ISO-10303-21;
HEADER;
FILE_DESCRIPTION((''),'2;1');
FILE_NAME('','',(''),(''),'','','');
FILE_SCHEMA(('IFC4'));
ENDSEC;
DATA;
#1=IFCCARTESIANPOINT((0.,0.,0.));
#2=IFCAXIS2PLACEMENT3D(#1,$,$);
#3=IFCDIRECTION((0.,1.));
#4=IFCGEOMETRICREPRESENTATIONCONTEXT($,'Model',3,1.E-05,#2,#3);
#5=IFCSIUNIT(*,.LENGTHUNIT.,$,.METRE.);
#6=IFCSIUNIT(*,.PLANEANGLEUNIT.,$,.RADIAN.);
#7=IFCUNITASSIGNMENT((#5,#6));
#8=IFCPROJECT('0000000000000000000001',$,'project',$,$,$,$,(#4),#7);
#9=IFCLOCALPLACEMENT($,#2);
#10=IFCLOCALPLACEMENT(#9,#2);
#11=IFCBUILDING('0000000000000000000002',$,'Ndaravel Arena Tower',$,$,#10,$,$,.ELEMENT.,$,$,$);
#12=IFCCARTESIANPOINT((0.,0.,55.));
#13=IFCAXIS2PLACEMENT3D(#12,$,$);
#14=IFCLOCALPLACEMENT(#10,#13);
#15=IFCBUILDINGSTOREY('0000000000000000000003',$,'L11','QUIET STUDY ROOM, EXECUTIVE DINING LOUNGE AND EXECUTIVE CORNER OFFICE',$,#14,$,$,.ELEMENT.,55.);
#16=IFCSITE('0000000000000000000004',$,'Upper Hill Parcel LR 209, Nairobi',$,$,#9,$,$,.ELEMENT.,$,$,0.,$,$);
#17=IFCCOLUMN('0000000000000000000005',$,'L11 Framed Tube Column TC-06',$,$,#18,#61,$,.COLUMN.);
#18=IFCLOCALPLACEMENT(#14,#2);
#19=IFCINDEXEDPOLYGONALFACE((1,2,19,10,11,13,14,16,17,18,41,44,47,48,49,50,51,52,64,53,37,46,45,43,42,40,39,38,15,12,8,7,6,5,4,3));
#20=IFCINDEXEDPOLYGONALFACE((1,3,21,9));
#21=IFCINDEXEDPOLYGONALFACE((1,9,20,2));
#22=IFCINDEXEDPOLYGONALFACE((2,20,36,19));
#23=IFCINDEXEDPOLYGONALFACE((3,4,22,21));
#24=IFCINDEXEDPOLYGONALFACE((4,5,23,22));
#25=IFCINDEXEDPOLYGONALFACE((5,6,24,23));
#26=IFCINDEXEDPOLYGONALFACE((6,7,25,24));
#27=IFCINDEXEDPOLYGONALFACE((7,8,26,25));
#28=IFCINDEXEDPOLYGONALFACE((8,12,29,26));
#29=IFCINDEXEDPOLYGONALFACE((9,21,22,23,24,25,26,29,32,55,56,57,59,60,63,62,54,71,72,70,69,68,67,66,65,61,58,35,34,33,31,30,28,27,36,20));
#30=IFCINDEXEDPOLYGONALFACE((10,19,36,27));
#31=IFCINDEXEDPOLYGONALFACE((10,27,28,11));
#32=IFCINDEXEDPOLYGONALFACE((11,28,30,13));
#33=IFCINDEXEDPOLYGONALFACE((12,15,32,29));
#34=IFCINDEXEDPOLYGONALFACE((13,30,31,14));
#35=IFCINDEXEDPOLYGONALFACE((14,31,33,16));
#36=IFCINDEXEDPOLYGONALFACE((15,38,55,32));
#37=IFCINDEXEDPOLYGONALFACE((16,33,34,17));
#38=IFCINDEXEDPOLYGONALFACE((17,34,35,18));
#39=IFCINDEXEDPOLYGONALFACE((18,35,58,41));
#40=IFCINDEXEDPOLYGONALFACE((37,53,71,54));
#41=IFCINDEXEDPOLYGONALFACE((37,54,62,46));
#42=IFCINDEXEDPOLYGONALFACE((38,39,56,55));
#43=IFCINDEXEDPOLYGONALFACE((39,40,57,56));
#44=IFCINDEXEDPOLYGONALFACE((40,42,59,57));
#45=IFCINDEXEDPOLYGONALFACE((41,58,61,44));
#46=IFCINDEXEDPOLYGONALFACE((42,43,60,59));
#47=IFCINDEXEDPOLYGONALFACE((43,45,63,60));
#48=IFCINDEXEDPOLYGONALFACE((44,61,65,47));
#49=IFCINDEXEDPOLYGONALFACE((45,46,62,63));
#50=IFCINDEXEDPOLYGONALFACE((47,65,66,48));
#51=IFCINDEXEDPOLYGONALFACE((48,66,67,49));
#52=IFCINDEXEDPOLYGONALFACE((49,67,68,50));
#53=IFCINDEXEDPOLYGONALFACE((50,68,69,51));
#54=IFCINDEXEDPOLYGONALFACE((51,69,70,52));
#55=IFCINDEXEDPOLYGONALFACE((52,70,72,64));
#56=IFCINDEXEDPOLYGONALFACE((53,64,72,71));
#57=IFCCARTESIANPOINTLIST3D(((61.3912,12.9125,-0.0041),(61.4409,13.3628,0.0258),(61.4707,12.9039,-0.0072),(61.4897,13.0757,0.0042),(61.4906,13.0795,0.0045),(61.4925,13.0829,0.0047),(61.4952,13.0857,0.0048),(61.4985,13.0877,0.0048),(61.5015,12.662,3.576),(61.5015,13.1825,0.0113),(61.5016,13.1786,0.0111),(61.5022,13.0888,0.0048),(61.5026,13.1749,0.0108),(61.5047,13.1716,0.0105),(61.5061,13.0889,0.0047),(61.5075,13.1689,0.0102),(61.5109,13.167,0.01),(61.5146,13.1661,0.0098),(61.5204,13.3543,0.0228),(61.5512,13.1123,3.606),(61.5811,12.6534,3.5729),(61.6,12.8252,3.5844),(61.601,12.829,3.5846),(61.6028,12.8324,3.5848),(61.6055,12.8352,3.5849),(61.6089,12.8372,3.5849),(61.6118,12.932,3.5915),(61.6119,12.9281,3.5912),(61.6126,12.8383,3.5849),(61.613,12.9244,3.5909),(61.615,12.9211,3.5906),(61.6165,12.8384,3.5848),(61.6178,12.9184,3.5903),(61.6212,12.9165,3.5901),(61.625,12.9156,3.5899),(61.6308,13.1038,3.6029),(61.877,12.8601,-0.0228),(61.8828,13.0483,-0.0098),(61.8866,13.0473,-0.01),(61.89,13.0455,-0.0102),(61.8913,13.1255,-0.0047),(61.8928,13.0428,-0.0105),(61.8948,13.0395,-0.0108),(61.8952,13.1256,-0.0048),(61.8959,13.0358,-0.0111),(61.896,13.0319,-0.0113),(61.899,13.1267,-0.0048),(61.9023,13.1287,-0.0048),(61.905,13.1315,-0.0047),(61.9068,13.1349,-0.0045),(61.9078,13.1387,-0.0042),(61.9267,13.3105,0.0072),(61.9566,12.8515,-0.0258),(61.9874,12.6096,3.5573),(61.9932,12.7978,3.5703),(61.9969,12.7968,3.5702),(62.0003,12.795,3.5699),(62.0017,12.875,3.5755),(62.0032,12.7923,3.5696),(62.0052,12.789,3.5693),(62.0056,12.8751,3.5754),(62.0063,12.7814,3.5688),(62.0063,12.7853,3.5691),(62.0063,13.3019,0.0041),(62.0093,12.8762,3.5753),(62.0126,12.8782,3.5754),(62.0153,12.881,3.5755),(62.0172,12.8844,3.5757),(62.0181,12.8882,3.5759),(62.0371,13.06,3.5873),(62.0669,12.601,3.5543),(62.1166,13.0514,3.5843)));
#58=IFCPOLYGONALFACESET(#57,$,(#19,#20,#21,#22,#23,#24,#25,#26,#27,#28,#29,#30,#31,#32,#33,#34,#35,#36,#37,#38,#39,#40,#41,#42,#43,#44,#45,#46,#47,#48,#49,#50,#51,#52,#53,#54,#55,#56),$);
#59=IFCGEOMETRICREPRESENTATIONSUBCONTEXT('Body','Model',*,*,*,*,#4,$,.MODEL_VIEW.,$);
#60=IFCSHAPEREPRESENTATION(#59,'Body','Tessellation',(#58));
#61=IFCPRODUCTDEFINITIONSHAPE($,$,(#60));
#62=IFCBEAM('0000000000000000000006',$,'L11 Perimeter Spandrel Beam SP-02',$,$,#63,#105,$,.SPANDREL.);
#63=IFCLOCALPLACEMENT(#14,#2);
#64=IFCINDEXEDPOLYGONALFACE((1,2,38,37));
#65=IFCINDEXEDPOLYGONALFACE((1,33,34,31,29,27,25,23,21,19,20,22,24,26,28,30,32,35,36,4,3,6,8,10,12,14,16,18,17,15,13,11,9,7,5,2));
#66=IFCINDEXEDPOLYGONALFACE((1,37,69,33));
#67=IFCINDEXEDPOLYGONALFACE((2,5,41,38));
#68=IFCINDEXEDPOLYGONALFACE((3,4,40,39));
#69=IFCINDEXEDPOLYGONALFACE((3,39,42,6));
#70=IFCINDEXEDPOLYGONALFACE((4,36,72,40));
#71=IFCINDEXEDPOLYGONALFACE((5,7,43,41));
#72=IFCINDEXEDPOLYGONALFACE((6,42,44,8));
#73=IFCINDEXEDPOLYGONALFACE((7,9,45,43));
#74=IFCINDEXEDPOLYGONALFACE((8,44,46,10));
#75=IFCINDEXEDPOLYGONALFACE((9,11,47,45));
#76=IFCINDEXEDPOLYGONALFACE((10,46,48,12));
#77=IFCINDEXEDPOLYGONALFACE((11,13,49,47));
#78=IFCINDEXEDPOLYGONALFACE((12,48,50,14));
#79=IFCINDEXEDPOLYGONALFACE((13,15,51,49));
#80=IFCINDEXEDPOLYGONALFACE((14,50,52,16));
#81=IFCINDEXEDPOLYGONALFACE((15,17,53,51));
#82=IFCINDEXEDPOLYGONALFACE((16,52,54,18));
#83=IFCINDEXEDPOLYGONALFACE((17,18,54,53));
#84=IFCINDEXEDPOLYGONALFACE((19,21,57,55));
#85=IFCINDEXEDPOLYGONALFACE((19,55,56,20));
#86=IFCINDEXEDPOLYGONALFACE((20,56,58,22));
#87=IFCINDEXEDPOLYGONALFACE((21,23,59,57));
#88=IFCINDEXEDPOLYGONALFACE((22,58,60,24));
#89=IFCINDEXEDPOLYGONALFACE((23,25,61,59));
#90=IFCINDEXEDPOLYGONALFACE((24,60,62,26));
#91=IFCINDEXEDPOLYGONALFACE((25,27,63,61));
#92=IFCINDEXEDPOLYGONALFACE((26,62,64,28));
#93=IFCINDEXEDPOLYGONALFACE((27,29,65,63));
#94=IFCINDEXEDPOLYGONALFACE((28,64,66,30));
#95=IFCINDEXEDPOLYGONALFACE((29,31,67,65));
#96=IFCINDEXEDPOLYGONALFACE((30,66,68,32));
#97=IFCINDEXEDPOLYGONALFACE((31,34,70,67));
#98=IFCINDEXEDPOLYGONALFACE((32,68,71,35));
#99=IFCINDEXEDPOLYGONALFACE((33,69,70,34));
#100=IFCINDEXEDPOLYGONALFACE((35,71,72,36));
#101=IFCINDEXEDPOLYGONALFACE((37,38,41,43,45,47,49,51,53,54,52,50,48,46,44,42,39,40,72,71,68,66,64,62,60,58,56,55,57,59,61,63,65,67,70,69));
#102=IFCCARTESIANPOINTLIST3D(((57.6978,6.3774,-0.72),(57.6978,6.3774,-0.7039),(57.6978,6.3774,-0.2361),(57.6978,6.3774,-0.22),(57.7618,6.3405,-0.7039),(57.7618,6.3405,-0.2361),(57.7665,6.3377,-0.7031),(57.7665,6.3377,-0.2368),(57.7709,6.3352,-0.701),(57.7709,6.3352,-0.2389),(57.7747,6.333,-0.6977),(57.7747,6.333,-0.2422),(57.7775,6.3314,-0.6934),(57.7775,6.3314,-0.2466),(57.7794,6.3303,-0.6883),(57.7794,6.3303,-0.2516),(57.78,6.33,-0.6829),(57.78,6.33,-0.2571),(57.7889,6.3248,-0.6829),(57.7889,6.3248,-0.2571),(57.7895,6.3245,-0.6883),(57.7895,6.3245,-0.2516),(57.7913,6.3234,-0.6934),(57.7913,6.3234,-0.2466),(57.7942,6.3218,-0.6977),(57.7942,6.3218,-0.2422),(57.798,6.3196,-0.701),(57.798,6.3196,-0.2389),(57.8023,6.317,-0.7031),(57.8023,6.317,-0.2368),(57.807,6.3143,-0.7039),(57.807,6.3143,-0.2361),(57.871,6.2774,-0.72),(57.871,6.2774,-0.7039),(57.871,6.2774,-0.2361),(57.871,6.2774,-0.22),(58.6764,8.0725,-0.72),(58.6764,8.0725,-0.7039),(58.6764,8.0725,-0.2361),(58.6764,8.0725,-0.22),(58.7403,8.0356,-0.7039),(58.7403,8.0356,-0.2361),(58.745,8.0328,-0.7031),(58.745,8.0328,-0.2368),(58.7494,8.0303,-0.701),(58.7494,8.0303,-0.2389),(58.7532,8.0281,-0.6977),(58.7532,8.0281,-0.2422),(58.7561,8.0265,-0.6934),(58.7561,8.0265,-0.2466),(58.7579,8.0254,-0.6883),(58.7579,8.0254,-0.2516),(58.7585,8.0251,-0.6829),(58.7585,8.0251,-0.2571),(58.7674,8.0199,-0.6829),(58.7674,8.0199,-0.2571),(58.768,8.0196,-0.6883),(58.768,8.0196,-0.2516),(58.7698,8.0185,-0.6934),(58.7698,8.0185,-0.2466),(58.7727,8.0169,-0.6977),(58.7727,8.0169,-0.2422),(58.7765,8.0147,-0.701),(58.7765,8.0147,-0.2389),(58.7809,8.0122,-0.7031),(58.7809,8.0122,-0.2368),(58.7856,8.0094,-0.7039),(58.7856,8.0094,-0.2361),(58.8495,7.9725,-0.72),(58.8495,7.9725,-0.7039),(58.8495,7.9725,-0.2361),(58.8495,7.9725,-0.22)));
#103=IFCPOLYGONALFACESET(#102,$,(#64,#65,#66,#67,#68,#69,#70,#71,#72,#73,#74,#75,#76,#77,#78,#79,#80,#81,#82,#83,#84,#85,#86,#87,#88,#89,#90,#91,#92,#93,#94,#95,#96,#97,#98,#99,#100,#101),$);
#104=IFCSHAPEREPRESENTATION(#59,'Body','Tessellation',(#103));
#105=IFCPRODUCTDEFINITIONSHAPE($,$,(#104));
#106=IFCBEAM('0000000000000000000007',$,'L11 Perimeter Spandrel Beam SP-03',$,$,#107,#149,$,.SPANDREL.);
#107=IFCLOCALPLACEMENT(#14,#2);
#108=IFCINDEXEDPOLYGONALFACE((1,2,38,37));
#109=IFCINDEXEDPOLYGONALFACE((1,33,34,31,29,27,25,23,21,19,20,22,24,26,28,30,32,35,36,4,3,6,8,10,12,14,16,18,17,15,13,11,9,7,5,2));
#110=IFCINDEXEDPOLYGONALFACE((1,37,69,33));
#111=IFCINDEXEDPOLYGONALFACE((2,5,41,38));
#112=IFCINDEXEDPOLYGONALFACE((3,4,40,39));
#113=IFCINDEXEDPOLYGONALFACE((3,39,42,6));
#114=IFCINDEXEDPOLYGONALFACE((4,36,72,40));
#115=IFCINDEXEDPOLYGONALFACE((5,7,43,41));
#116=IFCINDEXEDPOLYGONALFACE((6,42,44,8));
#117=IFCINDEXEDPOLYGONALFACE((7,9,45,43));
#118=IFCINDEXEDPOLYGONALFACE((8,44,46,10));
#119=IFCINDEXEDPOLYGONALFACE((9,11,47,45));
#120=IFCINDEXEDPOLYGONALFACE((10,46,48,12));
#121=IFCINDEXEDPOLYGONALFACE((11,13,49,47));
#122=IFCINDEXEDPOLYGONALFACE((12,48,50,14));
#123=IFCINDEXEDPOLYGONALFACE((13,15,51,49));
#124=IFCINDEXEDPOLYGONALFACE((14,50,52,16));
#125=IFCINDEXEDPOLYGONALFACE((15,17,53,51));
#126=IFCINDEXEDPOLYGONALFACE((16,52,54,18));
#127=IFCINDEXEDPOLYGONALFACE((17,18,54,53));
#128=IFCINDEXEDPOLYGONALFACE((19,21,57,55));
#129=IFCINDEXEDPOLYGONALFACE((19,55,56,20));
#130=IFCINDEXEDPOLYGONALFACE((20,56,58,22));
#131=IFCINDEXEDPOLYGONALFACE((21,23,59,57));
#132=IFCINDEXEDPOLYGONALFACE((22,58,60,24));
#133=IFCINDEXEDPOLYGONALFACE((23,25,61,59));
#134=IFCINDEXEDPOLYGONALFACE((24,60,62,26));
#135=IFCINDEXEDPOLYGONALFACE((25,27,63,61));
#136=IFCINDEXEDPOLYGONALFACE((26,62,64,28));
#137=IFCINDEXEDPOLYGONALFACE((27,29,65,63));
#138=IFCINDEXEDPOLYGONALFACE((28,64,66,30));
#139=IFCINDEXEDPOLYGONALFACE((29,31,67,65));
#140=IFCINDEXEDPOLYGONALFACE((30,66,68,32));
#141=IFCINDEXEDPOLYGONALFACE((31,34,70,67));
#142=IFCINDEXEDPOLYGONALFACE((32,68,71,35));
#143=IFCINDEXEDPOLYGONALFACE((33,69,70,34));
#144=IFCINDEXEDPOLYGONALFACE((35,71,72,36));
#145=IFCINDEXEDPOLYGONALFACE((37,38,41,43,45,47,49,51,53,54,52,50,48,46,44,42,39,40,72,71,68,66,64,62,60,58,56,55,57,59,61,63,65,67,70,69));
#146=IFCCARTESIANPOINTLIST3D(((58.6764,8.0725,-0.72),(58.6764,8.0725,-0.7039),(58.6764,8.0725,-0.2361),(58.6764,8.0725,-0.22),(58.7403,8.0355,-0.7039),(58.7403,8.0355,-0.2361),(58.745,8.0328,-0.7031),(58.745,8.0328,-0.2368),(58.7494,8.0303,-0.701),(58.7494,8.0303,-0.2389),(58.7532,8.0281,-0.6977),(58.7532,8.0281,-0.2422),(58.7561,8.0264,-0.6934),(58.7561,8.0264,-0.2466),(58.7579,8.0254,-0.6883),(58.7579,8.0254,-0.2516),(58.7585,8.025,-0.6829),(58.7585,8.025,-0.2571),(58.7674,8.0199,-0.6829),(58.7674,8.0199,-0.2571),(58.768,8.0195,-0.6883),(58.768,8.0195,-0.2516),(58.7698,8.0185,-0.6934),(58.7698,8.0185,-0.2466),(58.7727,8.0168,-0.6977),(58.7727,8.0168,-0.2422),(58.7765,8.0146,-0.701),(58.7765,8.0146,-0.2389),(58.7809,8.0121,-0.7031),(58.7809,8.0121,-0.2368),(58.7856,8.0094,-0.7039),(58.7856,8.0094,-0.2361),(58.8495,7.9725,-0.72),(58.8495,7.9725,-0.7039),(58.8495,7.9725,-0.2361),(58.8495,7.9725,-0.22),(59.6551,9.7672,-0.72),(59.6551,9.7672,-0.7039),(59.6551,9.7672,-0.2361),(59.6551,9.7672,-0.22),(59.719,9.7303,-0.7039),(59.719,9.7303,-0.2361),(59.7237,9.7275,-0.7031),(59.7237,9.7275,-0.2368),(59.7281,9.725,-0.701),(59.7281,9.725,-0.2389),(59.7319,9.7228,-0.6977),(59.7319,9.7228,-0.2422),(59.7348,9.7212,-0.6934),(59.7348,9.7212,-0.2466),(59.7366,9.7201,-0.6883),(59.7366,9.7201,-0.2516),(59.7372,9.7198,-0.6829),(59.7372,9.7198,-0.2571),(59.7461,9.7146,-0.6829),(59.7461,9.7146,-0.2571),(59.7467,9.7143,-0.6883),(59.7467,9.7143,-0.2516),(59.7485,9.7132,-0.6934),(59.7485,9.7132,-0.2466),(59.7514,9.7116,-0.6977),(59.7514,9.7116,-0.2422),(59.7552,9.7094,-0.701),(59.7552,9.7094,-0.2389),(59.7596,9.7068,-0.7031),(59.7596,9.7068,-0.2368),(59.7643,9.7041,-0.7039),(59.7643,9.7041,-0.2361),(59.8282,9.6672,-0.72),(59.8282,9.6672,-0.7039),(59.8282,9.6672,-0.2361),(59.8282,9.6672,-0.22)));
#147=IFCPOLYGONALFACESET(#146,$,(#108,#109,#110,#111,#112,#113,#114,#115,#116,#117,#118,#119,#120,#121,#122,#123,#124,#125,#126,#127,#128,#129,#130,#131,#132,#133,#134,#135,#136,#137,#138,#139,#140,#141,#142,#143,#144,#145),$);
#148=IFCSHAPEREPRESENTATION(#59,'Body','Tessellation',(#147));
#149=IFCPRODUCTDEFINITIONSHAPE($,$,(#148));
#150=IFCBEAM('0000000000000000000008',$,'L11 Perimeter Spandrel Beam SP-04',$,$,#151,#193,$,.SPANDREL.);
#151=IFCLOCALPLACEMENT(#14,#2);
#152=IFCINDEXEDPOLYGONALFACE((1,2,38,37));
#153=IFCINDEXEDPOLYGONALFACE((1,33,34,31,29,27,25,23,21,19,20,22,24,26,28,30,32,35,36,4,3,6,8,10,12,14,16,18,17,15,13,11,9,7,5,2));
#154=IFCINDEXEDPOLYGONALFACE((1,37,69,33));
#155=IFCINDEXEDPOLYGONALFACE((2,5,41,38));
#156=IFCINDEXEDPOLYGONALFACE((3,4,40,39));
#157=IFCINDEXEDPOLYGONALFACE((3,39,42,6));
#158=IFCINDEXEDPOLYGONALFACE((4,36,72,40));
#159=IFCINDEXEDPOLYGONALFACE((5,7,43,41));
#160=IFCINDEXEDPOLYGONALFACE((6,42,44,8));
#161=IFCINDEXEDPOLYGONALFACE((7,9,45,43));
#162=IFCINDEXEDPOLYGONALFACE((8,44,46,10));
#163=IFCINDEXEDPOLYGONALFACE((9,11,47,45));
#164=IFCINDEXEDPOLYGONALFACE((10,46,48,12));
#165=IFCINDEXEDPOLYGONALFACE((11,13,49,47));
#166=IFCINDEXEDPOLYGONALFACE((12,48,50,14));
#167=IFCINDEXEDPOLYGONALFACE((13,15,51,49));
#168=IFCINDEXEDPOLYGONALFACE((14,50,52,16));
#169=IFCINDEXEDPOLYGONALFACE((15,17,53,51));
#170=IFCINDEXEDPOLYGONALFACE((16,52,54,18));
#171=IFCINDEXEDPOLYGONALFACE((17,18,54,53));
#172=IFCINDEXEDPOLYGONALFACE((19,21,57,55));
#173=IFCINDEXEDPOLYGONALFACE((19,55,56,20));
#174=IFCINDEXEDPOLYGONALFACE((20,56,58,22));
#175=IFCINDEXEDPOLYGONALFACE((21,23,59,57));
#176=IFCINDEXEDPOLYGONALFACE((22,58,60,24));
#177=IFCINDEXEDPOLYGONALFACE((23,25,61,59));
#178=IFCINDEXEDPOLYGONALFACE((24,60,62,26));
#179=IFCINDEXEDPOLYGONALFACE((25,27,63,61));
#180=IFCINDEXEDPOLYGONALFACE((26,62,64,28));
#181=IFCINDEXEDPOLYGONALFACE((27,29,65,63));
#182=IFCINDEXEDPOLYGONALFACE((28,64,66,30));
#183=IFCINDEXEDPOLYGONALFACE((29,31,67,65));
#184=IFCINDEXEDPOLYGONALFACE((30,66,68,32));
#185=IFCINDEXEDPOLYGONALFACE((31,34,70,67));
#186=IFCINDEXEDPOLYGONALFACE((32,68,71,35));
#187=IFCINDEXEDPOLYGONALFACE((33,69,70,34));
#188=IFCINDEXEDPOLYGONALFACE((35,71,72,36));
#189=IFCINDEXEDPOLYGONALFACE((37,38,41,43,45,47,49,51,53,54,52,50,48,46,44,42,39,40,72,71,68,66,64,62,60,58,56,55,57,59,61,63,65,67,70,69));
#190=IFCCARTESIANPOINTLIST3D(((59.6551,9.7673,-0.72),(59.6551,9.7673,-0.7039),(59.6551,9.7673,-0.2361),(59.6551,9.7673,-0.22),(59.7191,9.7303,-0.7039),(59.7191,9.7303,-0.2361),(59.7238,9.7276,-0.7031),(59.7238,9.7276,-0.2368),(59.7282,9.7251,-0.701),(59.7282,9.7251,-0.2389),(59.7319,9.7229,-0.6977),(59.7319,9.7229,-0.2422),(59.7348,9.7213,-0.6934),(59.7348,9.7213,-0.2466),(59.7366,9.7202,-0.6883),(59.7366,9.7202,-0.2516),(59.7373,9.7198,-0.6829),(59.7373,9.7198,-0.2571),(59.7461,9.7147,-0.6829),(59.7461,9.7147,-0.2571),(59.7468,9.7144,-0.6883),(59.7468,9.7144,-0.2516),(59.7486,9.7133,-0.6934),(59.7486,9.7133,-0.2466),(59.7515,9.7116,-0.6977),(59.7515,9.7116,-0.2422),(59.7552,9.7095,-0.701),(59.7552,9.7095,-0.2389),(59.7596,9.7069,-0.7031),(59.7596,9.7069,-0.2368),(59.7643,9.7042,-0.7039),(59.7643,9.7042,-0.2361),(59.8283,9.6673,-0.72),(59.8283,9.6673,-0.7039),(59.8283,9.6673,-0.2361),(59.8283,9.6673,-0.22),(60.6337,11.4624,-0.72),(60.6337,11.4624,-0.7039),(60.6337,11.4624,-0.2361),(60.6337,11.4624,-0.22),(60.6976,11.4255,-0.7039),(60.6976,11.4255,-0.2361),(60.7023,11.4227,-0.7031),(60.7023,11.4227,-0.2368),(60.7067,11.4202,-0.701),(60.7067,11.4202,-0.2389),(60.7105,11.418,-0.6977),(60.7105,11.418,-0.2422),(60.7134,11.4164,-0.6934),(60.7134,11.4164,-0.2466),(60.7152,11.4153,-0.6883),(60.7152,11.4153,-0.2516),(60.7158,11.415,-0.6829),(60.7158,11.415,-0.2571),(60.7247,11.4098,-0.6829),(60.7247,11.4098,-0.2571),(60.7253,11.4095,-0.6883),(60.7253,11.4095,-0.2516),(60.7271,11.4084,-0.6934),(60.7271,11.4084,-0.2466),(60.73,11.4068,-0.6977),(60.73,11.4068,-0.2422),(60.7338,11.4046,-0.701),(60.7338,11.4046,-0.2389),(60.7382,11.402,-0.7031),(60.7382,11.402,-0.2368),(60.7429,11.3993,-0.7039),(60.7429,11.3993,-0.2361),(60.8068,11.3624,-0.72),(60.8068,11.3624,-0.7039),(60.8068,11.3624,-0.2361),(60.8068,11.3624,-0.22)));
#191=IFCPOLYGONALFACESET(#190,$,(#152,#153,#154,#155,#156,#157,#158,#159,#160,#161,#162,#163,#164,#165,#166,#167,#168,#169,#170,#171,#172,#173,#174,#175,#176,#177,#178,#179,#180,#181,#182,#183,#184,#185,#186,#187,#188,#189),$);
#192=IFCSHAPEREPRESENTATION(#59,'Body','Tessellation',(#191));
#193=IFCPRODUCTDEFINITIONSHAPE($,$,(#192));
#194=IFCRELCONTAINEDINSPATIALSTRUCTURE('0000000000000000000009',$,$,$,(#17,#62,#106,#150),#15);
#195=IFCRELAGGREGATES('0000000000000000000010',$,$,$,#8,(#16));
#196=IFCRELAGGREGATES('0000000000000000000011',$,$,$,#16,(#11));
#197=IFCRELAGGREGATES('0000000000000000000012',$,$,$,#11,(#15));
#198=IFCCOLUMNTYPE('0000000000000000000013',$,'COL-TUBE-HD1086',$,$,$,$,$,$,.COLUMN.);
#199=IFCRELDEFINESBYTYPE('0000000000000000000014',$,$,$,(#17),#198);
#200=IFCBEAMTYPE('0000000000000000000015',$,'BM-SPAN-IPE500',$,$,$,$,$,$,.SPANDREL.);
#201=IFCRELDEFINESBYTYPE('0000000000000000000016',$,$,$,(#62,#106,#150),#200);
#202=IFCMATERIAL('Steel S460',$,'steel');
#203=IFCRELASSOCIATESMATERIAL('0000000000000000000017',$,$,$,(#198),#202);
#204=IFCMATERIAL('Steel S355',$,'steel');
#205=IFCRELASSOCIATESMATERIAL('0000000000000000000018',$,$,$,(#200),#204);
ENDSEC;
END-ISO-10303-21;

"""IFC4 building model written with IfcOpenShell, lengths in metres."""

from ifc_helpers import new_model, si_unit, direction, frame, origin, origin_2d, place, context, subcontext, project, spatial, i_section, extrude, material, material_profile, profile_set, type_object, element, save


model = new_model("IFC4")

# Units and contexts
model_context = context("Model", 3, precision=1e-05, world=origin(), true_north=direction((0.0, 1.0)))
body_context = subcontext(model_context, "Body", "Model", "MODEL_VIEW")
ifc_project = project(units=[si_unit("LENGTHUNIT", "METRE"), si_unit("PLANEANGLEUNIT", "RADIAN")], contexts=[model_context])

# Site, building, storey
site_placement = place(None, origin())
site = spatial("IfcSite", under=ifc_project, at=site_placement, Name="Upper Hill Parcel LR 209, Nairobi", CompositionType="ELEMENT", RefElevation=0.0)
building_placement = place(site_placement, origin())
building = spatial("IfcBuilding", under=site, at=building_placement, Name="Ndaravel Arena Tower", CompositionType="ELEMENT")
storey_placement = place(building_placement, frame((0.0, 0.0, 55.0)))
storey = spatial("IfcBuildingStorey", under=building, at=storey_placement, Name="L11", Description="QUIET STUDY ROOM, EXECUTIVE DINING LOUNGE AND EXECUTIVE CORNER OFFICE", CompositionType="ELEMENT", Elevation=55.0)

# Column
ifc_material_1 = material(Name="Steel S460", Category="steel")
ifc_material_profile_1 = material_profile(ifc_material_1, i_section(OverallWidth=0.4541, OverallDepth=0.5691, WebThickness=0.0779, FlangeThickness=0.0801, FilletRadius=0.0149, at=origin_2d()), Name="HD 400x1086")
ifc_profile_set_1 = profile_set([ifc_material_profile_1], Name="Steel S460")
column_type = type_object("IfcColumnType", Name="COL-TUBE-HD1086", PredefinedType="COLUMN", material=ifc_profile_set_1)
column_1_placement = place(storey_placement, frame((61.6987, 13.1072, 0.0), z_axis=(0.030734, -0.069764, 0.99709), x_axis=(0.109437, 0.991799, 0.06602)))
element("IfcColumn", 1, at=column_1_placement, inside=storey, type_object=column_type, Name="L11 Framed Tube Column TC-06", PredefinedType="COLUMN", context=body_context, shape_type="SweptSolid", body=[
    extrude(i_section(OverallWidth=0.4541, OverallDepth=0.5691, WebThickness=0.0779, FlangeThickness=0.0801, FilletRadius=0.0149, at=origin_2d()), origin(), (0.0, 0.0, 1.0), 3.5906),
])

# Beams
ifc_material_2 = material(Name="Steel S355", Category="steel")
ifc_material_profile_2 = material_profile(ifc_material_2, i_section(OverallWidth=0.2, OverallDepth=0.5, WebThickness=0.0103, FlangeThickness=0.0161, FilletRadius=0.021, at=origin_2d()), Name="IPE 500")
ifc_profile_set_2 = profile_set([ifc_material_profile_2], Name="Steel S355")
beam_type = type_object("IfcBeamType", Name="BM-SPAN-IPE500", PredefinedType="SPANDREL", material=ifc_profile_set_2)
beam_1_placement = place(storey_placement, frame((57.7844, 6.3274, -0.47), z_axis=(0.499949, 0.866055, 0.0), x_axis=(-0.866055, 0.499949, 0.0)))
element("IfcBeam", 2, at=beam_1_placement, inside=storey, type_object=beam_type, Name="L11 Perimeter Spandrel Beam SP-02", PredefinedType="SPANDREL", context=body_context, shape_type="SweptSolid", body=[
    extrude(i_section(OverallWidth=0.2, OverallDepth=0.5, WebThickness=0.0103, FlangeThickness=0.0161, FilletRadius=0.021, at=origin_2d()), origin(), (0.0, 0.0, 1.0), 1.9573),
])
beam_2_placement = place(storey_placement, frame((58.7629, 8.0225, -0.47), z_axis=(0.500097, 0.86597, 0.0), x_axis=(-0.86597, 0.500097, 0.0)))
element("IfcBeam", 3, at=beam_2_placement, inside=storey, type_object=beam_type, Name="L11 Perimeter Spandrel Beam SP-03", PredefinedType="SPANDREL", context=body_context, shape_type="SweptSolid", body=[
    extrude(i_section(OverallWidth=0.2, OverallDepth=0.5, WebThickness=0.0103, FlangeThickness=0.0161, FilletRadius=0.021, at=origin_2d()), origin(), (0.0, 0.0, 1.0), 1.957),
])
beam_3_placement = place(storey_placement, frame((59.7417, 9.7173, -0.47), z_axis=(0.499949, 0.866055, 0.0), x_axis=(-0.866055, 0.499949, 0.0)))
element("IfcBeam", 4, at=beam_3_placement, inside=storey, type_object=beam_type, Name="L11 Perimeter Spandrel Beam SP-04", PredefinedType="SPANDREL", context=body_context, shape_type="SweptSolid", body=[
    extrude(i_section(OverallWidth=0.2, OverallDepth=0.5, WebThickness=0.0103, FlangeThickness=0.0161, FilletRadius=0.021, at=origin_2d()), origin(), (0.0, 0.0, 1.0), 1.9573),
])

save(model, "model.ifc")
